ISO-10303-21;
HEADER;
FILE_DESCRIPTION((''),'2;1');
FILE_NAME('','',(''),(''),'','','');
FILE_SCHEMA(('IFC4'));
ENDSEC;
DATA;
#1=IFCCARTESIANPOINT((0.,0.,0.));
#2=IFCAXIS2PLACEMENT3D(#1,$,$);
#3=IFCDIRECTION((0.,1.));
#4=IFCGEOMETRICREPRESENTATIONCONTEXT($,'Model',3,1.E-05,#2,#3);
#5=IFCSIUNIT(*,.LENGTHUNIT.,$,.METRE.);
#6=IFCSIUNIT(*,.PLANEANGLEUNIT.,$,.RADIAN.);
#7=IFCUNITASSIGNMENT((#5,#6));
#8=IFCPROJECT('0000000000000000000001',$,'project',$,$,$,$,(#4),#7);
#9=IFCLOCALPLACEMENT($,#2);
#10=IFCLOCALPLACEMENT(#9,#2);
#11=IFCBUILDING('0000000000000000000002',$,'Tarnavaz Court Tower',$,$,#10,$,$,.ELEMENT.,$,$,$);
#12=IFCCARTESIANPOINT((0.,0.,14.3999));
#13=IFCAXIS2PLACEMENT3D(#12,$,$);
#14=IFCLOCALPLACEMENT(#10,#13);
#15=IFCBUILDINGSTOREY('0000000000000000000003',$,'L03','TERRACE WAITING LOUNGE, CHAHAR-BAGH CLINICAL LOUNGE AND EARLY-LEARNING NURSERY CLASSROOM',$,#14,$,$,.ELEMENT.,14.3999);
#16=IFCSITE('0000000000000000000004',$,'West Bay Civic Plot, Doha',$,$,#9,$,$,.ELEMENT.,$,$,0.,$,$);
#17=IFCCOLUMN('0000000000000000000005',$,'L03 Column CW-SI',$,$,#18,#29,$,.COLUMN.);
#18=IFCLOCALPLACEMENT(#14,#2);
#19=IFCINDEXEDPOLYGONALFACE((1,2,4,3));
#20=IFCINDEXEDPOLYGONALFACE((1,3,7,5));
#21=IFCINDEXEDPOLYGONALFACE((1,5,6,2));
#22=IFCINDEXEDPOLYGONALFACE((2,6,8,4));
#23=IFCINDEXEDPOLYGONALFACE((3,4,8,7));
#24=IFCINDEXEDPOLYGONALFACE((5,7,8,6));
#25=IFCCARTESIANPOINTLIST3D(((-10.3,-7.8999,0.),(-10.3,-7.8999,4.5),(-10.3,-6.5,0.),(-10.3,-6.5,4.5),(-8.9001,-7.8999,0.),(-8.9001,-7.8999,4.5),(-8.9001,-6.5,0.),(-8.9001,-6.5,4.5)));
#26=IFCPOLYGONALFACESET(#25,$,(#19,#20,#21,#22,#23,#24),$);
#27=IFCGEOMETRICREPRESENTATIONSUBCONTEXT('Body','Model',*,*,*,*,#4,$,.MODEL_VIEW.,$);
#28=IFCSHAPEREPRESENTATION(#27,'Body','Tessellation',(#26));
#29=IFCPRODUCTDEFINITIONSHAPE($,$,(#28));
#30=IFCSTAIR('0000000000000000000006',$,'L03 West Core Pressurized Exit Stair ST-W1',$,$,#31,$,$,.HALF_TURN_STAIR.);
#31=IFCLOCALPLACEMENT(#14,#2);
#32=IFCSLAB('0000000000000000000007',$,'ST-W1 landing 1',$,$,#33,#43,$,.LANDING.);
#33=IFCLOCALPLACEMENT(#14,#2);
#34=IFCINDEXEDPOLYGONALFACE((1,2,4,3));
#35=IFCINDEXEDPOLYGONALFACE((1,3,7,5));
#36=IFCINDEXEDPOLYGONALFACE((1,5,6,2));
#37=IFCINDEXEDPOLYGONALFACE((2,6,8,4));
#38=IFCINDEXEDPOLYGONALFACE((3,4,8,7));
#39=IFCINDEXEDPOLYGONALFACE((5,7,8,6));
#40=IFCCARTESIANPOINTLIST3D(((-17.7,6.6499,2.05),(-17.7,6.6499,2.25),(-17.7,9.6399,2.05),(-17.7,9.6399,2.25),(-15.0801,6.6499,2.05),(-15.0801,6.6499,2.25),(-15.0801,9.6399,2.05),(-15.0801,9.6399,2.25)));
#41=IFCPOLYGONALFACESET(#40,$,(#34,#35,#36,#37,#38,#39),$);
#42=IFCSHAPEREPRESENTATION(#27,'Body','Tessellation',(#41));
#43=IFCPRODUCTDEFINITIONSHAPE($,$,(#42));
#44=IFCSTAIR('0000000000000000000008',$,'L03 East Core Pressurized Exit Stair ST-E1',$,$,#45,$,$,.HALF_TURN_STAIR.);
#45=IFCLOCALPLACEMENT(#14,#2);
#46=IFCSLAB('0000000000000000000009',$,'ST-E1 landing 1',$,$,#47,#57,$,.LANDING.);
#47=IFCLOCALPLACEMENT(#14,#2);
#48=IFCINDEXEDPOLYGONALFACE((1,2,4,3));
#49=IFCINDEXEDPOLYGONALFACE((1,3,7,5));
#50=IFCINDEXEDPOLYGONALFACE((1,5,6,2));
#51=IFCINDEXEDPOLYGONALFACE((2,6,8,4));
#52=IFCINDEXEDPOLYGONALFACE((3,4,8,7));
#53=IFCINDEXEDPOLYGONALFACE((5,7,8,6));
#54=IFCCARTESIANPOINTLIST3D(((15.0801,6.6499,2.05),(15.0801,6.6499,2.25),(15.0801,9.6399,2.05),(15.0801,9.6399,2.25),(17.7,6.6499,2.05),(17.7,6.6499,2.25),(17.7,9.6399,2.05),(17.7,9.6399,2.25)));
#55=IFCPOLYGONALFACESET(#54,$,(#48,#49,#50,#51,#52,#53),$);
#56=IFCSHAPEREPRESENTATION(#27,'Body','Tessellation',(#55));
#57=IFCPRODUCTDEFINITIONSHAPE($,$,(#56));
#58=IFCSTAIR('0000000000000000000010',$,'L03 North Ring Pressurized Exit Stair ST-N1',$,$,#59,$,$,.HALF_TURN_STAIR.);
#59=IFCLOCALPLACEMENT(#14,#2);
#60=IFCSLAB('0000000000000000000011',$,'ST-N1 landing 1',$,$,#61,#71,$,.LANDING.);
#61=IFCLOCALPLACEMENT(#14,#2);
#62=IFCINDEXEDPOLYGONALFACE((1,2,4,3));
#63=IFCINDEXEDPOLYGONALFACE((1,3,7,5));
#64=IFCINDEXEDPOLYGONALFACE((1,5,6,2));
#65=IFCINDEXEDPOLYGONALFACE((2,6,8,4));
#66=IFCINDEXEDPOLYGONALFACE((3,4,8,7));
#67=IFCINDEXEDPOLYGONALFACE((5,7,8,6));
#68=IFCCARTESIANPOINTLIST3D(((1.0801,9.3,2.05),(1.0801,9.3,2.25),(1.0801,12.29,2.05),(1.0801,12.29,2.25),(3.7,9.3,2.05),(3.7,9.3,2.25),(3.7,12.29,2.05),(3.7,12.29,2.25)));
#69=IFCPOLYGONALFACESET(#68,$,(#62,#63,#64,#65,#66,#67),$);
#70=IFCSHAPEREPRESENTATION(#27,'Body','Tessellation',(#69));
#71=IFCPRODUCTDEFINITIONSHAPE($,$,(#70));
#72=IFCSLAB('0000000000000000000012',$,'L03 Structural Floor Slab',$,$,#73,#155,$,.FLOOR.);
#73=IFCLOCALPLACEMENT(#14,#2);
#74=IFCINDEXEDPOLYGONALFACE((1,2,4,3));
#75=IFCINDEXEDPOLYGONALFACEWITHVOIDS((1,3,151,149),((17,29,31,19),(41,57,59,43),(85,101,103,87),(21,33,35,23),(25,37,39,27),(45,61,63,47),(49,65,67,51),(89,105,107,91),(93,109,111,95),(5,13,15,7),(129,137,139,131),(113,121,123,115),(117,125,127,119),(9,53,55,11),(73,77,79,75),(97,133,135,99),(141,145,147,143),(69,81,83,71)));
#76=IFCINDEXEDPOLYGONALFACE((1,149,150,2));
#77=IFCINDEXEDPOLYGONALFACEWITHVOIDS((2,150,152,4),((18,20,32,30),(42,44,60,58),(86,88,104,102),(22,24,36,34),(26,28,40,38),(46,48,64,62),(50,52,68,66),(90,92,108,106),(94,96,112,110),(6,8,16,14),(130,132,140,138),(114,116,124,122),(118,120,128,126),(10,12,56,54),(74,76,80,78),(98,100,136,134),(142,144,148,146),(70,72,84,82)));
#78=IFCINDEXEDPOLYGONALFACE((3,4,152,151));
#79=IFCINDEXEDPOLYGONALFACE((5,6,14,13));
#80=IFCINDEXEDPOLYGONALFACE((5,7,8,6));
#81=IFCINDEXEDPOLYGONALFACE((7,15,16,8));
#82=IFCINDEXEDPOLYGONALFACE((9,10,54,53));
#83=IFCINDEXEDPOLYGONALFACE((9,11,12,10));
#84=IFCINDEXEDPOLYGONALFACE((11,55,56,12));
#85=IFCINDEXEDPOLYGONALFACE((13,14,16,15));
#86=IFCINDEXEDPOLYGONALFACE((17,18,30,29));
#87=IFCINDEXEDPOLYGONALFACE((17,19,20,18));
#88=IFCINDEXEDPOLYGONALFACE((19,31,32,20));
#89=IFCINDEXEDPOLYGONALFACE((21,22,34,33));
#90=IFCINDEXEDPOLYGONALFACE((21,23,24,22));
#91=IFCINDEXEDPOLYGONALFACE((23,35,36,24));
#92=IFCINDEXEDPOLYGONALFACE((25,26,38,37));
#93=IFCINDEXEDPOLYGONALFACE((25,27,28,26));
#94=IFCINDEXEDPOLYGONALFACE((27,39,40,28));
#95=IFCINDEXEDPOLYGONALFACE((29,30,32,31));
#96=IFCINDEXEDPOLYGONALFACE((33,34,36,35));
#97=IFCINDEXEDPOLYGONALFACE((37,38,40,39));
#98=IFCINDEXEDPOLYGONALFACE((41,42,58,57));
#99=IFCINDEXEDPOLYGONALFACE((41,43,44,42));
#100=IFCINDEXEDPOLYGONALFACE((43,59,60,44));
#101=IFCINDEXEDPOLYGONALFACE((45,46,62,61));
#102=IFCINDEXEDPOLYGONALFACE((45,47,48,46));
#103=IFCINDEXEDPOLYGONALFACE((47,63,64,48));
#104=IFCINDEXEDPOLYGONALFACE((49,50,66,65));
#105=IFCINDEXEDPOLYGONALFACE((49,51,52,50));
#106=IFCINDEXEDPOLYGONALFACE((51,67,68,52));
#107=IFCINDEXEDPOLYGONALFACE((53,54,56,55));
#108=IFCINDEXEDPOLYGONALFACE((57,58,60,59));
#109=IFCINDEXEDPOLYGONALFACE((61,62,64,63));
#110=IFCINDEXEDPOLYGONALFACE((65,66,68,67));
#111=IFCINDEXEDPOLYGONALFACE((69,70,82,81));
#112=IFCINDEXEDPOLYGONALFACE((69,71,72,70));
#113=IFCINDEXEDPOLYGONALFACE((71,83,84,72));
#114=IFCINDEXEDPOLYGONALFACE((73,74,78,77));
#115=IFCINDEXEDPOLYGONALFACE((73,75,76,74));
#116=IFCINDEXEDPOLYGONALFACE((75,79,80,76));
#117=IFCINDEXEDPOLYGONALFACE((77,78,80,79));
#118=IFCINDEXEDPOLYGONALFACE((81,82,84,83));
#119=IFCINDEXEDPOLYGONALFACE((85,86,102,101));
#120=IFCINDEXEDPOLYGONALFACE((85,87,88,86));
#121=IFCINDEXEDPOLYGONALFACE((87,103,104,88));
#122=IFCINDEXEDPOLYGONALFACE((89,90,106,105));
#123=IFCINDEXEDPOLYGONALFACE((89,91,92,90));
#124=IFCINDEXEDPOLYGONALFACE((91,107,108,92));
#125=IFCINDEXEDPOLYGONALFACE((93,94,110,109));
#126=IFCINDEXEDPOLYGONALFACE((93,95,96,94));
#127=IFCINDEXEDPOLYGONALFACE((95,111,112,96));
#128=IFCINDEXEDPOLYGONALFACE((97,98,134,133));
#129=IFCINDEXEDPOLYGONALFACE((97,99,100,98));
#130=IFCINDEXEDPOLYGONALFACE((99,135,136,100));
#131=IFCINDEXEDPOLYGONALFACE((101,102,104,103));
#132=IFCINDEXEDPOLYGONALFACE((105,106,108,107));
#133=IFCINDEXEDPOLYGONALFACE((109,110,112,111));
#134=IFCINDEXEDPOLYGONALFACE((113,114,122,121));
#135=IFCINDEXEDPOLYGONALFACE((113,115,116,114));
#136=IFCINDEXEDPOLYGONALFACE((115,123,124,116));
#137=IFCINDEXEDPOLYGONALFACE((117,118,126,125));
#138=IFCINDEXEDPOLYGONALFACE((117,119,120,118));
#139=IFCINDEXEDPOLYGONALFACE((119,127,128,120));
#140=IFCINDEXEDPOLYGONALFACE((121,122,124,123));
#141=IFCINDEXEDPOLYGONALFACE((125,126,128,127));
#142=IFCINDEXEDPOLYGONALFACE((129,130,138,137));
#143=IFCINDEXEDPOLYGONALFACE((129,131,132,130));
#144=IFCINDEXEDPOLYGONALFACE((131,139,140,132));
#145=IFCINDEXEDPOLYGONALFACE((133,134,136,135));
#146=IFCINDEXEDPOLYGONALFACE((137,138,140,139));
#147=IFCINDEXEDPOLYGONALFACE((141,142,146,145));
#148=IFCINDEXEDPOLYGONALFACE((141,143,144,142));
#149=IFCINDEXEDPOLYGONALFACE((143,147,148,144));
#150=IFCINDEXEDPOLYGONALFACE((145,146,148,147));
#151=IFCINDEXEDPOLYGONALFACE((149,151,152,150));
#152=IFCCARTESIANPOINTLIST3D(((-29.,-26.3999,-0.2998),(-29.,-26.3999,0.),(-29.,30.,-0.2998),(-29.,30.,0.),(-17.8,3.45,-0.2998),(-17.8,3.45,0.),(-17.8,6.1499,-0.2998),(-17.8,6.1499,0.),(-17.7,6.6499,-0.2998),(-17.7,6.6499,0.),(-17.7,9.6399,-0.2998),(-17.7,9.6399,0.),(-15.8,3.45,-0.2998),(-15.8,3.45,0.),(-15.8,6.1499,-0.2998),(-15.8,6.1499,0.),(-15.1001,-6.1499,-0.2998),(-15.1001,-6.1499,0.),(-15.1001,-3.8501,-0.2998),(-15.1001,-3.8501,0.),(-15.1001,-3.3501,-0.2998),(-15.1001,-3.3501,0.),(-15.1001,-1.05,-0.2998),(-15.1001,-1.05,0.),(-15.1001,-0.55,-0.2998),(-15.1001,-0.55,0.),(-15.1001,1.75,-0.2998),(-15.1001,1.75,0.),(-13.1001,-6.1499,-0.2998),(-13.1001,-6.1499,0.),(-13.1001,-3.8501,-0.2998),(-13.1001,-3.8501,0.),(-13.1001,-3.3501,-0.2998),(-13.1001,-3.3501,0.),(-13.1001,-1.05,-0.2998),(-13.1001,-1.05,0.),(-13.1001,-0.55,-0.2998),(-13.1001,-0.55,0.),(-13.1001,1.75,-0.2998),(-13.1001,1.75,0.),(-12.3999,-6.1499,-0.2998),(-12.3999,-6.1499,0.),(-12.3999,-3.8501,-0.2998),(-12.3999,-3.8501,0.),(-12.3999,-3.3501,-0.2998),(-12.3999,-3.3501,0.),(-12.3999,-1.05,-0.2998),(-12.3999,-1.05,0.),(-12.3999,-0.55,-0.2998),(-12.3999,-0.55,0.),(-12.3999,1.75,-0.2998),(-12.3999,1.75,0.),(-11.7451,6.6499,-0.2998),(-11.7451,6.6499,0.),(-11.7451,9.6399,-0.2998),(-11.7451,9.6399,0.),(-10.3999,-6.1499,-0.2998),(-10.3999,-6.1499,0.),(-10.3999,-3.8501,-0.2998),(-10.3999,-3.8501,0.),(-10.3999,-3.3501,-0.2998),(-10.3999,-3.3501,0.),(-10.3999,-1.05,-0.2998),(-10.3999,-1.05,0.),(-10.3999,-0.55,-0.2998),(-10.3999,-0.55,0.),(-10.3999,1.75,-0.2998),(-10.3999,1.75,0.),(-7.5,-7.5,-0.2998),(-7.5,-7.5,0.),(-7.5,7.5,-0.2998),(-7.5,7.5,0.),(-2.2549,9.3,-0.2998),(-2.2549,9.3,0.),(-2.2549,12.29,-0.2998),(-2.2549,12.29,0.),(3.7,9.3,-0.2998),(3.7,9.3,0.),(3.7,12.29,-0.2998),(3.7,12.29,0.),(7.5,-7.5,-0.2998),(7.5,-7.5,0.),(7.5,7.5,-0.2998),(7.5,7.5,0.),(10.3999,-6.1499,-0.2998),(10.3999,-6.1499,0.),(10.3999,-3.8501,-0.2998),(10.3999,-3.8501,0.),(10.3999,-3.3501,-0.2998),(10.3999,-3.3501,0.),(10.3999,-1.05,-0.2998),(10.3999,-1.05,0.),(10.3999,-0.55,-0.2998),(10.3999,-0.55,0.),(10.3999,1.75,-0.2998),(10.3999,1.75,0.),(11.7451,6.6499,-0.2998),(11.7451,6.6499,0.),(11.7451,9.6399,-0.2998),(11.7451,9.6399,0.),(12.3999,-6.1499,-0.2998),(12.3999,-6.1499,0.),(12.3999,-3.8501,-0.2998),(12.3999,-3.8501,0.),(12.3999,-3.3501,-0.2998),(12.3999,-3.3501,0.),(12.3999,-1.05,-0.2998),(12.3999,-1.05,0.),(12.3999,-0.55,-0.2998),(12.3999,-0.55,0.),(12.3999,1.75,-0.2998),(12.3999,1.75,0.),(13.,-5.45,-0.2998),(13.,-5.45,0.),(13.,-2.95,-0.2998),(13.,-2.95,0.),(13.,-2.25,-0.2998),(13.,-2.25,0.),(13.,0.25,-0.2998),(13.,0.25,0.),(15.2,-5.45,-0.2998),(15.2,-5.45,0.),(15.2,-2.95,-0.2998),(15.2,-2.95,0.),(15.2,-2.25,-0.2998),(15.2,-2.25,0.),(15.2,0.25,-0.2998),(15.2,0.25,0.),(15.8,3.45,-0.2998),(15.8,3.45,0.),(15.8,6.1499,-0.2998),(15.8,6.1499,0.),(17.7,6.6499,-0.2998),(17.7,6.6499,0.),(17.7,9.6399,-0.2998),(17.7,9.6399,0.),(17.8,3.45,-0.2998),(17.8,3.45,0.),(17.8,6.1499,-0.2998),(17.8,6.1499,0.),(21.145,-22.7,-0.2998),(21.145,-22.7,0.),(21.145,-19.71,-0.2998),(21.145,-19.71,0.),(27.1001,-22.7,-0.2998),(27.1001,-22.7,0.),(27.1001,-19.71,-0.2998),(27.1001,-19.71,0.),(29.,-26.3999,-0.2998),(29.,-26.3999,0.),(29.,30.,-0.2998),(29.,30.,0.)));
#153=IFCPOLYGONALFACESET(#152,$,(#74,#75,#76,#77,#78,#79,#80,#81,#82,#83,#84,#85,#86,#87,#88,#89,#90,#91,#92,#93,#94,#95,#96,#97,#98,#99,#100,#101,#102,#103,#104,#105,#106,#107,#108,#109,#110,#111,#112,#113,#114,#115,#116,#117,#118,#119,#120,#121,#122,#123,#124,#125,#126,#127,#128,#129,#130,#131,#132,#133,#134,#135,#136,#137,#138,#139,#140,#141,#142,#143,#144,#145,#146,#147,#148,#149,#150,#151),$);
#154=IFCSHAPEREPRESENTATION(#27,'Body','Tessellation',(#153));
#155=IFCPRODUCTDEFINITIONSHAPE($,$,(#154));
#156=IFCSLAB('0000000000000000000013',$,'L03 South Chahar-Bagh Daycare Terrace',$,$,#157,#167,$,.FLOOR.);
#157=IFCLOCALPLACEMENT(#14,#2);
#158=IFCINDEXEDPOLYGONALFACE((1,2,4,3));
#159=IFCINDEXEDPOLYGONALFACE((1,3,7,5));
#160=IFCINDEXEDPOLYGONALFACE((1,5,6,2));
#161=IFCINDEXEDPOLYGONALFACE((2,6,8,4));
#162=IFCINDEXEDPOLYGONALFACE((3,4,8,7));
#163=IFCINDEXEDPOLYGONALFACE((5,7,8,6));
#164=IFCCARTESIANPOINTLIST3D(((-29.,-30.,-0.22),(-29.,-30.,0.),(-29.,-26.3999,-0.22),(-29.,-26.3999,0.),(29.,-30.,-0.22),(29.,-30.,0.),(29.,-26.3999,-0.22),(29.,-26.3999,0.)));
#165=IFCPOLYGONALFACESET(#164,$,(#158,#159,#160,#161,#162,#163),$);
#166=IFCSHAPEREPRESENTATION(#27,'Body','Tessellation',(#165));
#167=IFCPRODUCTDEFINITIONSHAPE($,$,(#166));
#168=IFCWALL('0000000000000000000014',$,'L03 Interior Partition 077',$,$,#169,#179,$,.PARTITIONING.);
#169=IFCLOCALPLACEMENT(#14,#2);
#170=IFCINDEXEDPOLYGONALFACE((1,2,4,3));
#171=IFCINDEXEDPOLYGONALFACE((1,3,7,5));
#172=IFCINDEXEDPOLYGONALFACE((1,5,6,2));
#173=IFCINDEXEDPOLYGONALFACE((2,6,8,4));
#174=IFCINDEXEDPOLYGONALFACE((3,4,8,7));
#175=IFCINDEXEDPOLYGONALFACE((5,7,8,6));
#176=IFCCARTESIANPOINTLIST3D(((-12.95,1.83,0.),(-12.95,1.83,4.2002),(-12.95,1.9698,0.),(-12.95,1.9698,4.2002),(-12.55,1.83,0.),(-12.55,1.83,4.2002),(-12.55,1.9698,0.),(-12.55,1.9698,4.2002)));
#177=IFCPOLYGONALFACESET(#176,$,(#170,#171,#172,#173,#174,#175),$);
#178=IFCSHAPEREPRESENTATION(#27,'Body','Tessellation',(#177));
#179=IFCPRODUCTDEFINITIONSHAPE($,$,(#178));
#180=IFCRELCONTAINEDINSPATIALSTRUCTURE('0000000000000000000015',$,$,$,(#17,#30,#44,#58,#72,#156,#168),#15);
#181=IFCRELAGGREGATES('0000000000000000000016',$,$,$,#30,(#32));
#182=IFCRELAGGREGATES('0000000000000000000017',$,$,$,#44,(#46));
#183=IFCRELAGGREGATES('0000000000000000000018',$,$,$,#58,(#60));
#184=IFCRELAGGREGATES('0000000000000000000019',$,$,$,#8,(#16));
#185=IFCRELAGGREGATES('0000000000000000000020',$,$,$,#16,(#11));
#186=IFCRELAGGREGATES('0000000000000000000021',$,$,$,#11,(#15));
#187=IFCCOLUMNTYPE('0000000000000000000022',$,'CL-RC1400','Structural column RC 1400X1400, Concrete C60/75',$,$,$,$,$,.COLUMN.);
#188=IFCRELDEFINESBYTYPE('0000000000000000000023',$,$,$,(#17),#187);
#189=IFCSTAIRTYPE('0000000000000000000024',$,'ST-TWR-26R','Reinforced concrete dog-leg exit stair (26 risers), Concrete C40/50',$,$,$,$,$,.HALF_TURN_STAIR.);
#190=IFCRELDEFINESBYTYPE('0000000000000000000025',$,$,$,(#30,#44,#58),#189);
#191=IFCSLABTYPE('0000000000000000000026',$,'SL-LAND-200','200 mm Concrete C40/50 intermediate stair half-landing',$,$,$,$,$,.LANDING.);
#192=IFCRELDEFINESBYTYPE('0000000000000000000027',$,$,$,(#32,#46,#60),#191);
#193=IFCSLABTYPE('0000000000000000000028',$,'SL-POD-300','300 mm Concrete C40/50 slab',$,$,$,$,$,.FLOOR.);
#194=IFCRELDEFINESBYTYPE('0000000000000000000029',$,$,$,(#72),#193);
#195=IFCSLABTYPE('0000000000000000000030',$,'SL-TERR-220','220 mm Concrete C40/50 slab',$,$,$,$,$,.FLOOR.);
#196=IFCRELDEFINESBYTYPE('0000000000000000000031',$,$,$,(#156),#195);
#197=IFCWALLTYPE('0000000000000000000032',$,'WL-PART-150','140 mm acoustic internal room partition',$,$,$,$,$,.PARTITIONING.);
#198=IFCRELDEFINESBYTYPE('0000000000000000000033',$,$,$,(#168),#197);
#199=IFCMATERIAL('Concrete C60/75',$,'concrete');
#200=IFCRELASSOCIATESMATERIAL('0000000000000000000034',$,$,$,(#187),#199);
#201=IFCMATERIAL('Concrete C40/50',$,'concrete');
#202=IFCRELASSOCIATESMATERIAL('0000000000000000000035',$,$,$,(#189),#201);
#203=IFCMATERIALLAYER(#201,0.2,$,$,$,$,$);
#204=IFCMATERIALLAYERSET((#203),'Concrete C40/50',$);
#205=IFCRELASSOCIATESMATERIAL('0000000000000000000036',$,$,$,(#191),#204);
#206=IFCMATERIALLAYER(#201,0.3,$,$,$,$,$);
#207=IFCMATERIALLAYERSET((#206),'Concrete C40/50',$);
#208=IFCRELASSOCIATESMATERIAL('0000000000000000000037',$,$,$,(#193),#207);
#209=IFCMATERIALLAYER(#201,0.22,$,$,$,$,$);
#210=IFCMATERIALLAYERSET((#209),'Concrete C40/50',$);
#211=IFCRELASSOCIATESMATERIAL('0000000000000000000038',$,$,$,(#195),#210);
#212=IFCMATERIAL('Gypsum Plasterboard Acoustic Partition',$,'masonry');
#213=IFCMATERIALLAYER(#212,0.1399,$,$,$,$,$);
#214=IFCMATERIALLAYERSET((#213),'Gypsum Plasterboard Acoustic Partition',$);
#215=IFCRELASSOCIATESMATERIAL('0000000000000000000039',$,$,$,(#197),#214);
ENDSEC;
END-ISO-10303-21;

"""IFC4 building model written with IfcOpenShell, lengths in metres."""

from ifc_helpers import new_model, si_unit, direction, frame, frame_2d, origin, origin_2d, place, context, subcontext, project, spatial, polyline, rectangle, outline, extrude, material, layer, layer_set, material_profile, profile_set, type_object, element, aggregate, save


model = new_model("IFC4")

# Units and contexts
model_context = context("Model", 3, precision=1e-05, world=origin(), true_north=direction((0.0, 1.0)))
body_context = subcontext(model_context, "Body", "Model", "MODEL_VIEW")
ifc_project = project(units=[si_unit("LENGTHUNIT", "METRE"), si_unit("PLANEANGLEUNIT", "RADIAN")], contexts=[model_context])

# Site, building, storey
site_placement = place(None, origin())
site = spatial("IfcSite", under=ifc_project, at=site_placement, Name="West Bay Civic Plot, Doha", CompositionType="ELEMENT", RefElevation=0.0)
building_placement = place(site_placement, origin())
building = spatial("IfcBuilding", under=site, at=building_placement, Name="Tarnavaz Court Tower", CompositionType="ELEMENT")
storey_placement = place(building_placement, frame((0.0, 0.0, 14.3999)))
storey = spatial("IfcBuildingStorey", under=building, at=storey_placement, Name="L03", Description="TERRACE WAITING LOUNGE, CHAHAR-BAGH CLINICAL LOUNGE AND EARLY-LEARNING NURSERY CLASSROOM", CompositionType="ELEMENT", Elevation=14.3999)

# Column
ifc_material_1 = material(Name="Concrete C60/75", Category="concrete")
ifc_material_profile = material_profile(ifc_material_1, rectangle(XDim=1.3999, YDim=1.3999, at=origin_2d()), Name="RC 1400X1400")
ifc_profile_set = profile_set([ifc_material_profile], Name="Concrete C60/75")
column_type = type_object("IfcColumnType", Name="CL-RC1400", Description="Structural column RC 1400X1400, Concrete C60/75", PredefinedType="COLUMN", material=ifc_profile_set)
column_placement = place(storey_placement, frame((-9.6001, -7.2, 0.0), z_axis=(0.0, 0.0, 1.0), x_axis=(1.0, 0.0, 0.0)))
element("IfcColumn", 1, at=column_placement, inside=storey, type_object=column_type, Name="L03 Column CW-SI", PredefinedType="COLUMN", context=body_context, shape_type="SweptSolid", body=[
    extrude(rectangle(XDim=1.3999, YDim=1.3999, at=origin_2d()), origin(), (0.0, 0.0, 1.0), 4.5),
])

# Stairs, slabs
ifc_material_2 = material(Name="Concrete C40/50", Category="concrete")
stair_type = type_object("IfcStairType", Name="ST-TWR-26R", Description="Reinforced concrete dog-leg exit stair (26 risers), Concrete C40/50", PredefinedType="HALF_TURN_STAIR", material=ifc_material_2)
stair_1_placement = place(storey_placement, origin())
stair_1 = element("IfcStair", 2, at=stair_1_placement, inside=storey, type_object=stair_type, Name="L03 West Core Pressurized Exit Stair ST-W1", PredefinedType="HALF_TURN_STAIR")
ifc_layer_1 = layer(ifc_material_2, 0.2)
ifc_layer_set_1 = layer_set([ifc_layer_1], Name="Concrete C40/50")
slab_type_1 = type_object("IfcSlabType", Name="SL-LAND-200", Description="200 mm Concrete C40/50 intermediate stair half-landing", PredefinedType="LANDING", material=ifc_layer_set_1)
slab_1_placement = place(storey_placement, frame((0.0, 0.0, 2.05)))
slab_1 = element("IfcSlab", 3, at=slab_1_placement, type_object=slab_type_1, Name="ST-W1 landing 1", PredefinedType="LANDING", context=body_context, shape_type="SweptSolid", body=[
    extrude(outline(polyline([(-15.0801, 9.6399), (-17.7, 9.6399), (-17.7, 6.6499), (-15.0801, 6.6499), (-15.0801, 9.6399)])), origin(), (0.0, 0.0, 1.0), 0.2),
])
aggregate(stair_1, [slab_1])
stair_2_placement = place(storey_placement, origin())
stair_2 = element("IfcStair", 4, at=stair_2_placement, inside=storey, type_object=stair_type, Name="L03 East Core Pressurized Exit Stair ST-E1", PredefinedType="HALF_TURN_STAIR")
slab_2_placement = place(storey_placement, frame((0.0, 0.0, 2.05)))
slab_2 = element("IfcSlab", 5, at=slab_2_placement, type_object=slab_type_1, Name="ST-E1 landing 1", PredefinedType="LANDING", context=body_context, shape_type="SweptSolid", body=[
    extrude(outline(polyline([(15.0801, 6.6499), (17.7, 6.6499), (17.7, 9.6399), (15.0801, 9.6399), (15.0801, 6.6499)])), origin(), (0.0, 0.0, 1.0), 0.2),
])
aggregate(stair_2, [slab_2])
stair_3_placement = place(storey_placement, origin())
stair_3 = element("IfcStair", 6, at=stair_3_placement, inside=storey, type_object=stair_type, Name="L03 North Ring Pressurized Exit Stair ST-N1", PredefinedType="HALF_TURN_STAIR")
slab_3_placement = place(storey_placement, frame((0.0, 0.0, 2.05)))
slab_3 = element("IfcSlab", 7, at=slab_3_placement, type_object=slab_type_1, Name="ST-N1 landing 1", PredefinedType="LANDING", context=body_context, shape_type="SweptSolid", body=[
    extrude(outline(polyline([(1.0801, 9.3), (3.7, 9.3), (3.7, 12.29), (1.0801, 12.29), (1.0801, 9.3)])), origin(), (0.0, 0.0, 1.0), 0.2),
])
aggregate(stair_3, [slab_3])

# Slabs
ifc_layer_2 = layer(ifc_material_2, 0.3)
ifc_layer_set_2 = layer_set([ifc_layer_2], Name="Concrete C40/50")
slab_type_2 = type_object("IfcSlabType", Name="SL-POD-300", Description="300 mm Concrete C40/50 slab", PredefinedType="FLOOR", material=ifc_layer_set_2)
slab_4_placement = place(storey_placement, frame((0.0, 0.0, -0.2998)))
element("IfcSlab", 8, at=slab_4_placement, inside=storey, type_object=slab_type_2, Name="L03 Structural Floor Slab", PredefinedType="FLOOR", context=body_context, shape_type="SweptSolid", body=[
    extrude(outline(polyline([(-29.0, -26.3999), (29.0, -26.3999), (29.0, 30.0), (-29.0, 30.0), (-29.0, -26.3999)]), holes=[polyline([(-7.5, -7.5), (7.5, -7.5), (7.5, 7.5), (-7.5, 7.5), (-7.5, -7.5)]), polyline([(-11.7451, 9.6399), (-17.7, 9.6399), (-17.7, 6.6499), (-11.7451, 6.6499), (-11.7451, 9.6399)]), polyline([(11.7451, 6.6499), (17.7, 6.6499), (17.7, 9.6399), (11.7451, 9.6399), (11.7451, 6.6499)]), polyline([(-2.2549, 9.3), (3.7, 9.3), (3.7, 12.29), (-2.2549, 12.29), (-2.2549, 9.3)]), polyline([(21.145, -22.7), (27.1001, -22.7), (27.1001, -19.71), (21.145, -19.71), (21.145, -22.7)]), polyline([(-17.8, 3.45), (-15.8, 3.45), (-15.8, 6.1499), (-17.8, 6.1499), (-17.8, 3.45)]), polyline([(-12.3999, -6.1499), (-10.3999, -6.1499), (-10.3999, -3.8501), (-12.3999, -3.8501), (-12.3999, -6.1499)]), polyline([(-12.3999, -3.3501), (-10.3999, -3.3501), (-10.3999, -1.05), (-12.3999, -1.05), (-12.3999, -3.3501)]), polyline([(-12.3999, -0.55), (-10.3999, -0.55), (-10.3999, 1.75), (-12.3999, 1.75), (-12.3999, -0.55)]), polyline([(-15.1001, -6.1499), (-13.1001, -6.1499), (-13.1001, -3.8501), (-15.1001, -3.8501), (-15.1001, -6.1499)]), polyline([(-15.1001, -3.3501), (-13.1001, -3.3501), (-13.1001, -1.05), (-15.1001, -1.05), (-15.1001, -3.3501)]), polyline([(-15.1001, -0.55), (-13.1001, -0.55), (-13.1001, 1.75), (-15.1001, 1.75), (-15.1001, -0.55)]), polyline([(15.8, 3.45), (17.8, 3.45), (17.8, 6.1499), (15.8, 6.1499), (15.8, 3.45)]), polyline([(10.3999, -6.1499), (12.3999, -6.1499), (12.3999, -3.8501), (10.3999, -3.8501), (10.3999, -6.1499)]), polyline([(10.3999, -3.3501), (12.3999, -3.3501), (12.3999, -1.05), (10.3999, -1.05), (10.3999, -3.3501)]), polyline([(10.3999, -0.55), (12.3999, -0.55), (12.3999, 1.75), (10.3999, 1.75), (10.3999, -0.55)]), polyline([(13.0, -5.45), (15.2, -5.45), (15.2, -2.95), (13.0, -2.95), (13.0, -5.45)]), polyline([(13.0, -2.25), (15.2, -2.25), (15.2, 0.25), (13.0, 0.25), (13.0, -2.25)])]), origin(), (0.0, 0.0, 1.0), 0.2998),
])
ifc_layer_3 = layer(ifc_material_2, 0.22)
ifc_layer_set_3 = layer_set([ifc_layer_3], Name="Concrete C40/50")
slab_type_3 = type_object("IfcSlabType", Name="SL-TERR-220", Description="220 mm Concrete C40/50 slab", PredefinedType="FLOOR", material=ifc_layer_set_3)
slab_5_placement = place(storey_placement, frame((0.0, 0.0, -0.22)))
element("IfcSlab", 9, at=slab_5_placement, inside=storey, type_object=slab_type_3, Name="L03 South Chahar-Bagh Daycare Terrace", PredefinedType="FLOOR", context=body_context, shape_type="SweptSolid", body=[
    extrude(outline(polyline([(-29.0, -30.0), (29.0, -30.0), (29.0, -26.3999), (-29.0, -26.3999), (-29.0, -30.0)])), origin(), (0.0, 0.0, 1.0), 0.22),
])

# Wall
ifc_material_3 = material(Name="Gypsum Plasterboard Acoustic Partition", Category="masonry")
ifc_layer_4 = layer(ifc_material_3, 0.1399)
ifc_layer_set_4 = layer_set([ifc_layer_4], Name="Gypsum Plasterboard Acoustic Partition")
wall_type_1 = type_object("IfcWallType", Name="WL-PART-150", Description="140 mm acoustic internal room partition", PredefinedType="PARTITIONING", material=ifc_layer_set_4)
wall_1_placement = place(storey_placement, frame((-12.95, 1.8999, 0.0), z_axis=(0.0, 0.0, 1.0), x_axis=(1.0, 0.0, 0.0)))
element("IfcWall", 10, at=wall_1_placement, inside=storey, type_object=wall_type_1, Name="L03 Interior Partition 077", PredefinedType="PARTITIONING", context=body_context, shape_type="SweptSolid", body=[
    extrude(rectangle(XDim=0.3999, YDim=0.1399, at=frame_2d((0.2, 0.0))), origin(), (0.0, 0.0, 1.0), 4.2002),
])

save(model, "model.ifc")
